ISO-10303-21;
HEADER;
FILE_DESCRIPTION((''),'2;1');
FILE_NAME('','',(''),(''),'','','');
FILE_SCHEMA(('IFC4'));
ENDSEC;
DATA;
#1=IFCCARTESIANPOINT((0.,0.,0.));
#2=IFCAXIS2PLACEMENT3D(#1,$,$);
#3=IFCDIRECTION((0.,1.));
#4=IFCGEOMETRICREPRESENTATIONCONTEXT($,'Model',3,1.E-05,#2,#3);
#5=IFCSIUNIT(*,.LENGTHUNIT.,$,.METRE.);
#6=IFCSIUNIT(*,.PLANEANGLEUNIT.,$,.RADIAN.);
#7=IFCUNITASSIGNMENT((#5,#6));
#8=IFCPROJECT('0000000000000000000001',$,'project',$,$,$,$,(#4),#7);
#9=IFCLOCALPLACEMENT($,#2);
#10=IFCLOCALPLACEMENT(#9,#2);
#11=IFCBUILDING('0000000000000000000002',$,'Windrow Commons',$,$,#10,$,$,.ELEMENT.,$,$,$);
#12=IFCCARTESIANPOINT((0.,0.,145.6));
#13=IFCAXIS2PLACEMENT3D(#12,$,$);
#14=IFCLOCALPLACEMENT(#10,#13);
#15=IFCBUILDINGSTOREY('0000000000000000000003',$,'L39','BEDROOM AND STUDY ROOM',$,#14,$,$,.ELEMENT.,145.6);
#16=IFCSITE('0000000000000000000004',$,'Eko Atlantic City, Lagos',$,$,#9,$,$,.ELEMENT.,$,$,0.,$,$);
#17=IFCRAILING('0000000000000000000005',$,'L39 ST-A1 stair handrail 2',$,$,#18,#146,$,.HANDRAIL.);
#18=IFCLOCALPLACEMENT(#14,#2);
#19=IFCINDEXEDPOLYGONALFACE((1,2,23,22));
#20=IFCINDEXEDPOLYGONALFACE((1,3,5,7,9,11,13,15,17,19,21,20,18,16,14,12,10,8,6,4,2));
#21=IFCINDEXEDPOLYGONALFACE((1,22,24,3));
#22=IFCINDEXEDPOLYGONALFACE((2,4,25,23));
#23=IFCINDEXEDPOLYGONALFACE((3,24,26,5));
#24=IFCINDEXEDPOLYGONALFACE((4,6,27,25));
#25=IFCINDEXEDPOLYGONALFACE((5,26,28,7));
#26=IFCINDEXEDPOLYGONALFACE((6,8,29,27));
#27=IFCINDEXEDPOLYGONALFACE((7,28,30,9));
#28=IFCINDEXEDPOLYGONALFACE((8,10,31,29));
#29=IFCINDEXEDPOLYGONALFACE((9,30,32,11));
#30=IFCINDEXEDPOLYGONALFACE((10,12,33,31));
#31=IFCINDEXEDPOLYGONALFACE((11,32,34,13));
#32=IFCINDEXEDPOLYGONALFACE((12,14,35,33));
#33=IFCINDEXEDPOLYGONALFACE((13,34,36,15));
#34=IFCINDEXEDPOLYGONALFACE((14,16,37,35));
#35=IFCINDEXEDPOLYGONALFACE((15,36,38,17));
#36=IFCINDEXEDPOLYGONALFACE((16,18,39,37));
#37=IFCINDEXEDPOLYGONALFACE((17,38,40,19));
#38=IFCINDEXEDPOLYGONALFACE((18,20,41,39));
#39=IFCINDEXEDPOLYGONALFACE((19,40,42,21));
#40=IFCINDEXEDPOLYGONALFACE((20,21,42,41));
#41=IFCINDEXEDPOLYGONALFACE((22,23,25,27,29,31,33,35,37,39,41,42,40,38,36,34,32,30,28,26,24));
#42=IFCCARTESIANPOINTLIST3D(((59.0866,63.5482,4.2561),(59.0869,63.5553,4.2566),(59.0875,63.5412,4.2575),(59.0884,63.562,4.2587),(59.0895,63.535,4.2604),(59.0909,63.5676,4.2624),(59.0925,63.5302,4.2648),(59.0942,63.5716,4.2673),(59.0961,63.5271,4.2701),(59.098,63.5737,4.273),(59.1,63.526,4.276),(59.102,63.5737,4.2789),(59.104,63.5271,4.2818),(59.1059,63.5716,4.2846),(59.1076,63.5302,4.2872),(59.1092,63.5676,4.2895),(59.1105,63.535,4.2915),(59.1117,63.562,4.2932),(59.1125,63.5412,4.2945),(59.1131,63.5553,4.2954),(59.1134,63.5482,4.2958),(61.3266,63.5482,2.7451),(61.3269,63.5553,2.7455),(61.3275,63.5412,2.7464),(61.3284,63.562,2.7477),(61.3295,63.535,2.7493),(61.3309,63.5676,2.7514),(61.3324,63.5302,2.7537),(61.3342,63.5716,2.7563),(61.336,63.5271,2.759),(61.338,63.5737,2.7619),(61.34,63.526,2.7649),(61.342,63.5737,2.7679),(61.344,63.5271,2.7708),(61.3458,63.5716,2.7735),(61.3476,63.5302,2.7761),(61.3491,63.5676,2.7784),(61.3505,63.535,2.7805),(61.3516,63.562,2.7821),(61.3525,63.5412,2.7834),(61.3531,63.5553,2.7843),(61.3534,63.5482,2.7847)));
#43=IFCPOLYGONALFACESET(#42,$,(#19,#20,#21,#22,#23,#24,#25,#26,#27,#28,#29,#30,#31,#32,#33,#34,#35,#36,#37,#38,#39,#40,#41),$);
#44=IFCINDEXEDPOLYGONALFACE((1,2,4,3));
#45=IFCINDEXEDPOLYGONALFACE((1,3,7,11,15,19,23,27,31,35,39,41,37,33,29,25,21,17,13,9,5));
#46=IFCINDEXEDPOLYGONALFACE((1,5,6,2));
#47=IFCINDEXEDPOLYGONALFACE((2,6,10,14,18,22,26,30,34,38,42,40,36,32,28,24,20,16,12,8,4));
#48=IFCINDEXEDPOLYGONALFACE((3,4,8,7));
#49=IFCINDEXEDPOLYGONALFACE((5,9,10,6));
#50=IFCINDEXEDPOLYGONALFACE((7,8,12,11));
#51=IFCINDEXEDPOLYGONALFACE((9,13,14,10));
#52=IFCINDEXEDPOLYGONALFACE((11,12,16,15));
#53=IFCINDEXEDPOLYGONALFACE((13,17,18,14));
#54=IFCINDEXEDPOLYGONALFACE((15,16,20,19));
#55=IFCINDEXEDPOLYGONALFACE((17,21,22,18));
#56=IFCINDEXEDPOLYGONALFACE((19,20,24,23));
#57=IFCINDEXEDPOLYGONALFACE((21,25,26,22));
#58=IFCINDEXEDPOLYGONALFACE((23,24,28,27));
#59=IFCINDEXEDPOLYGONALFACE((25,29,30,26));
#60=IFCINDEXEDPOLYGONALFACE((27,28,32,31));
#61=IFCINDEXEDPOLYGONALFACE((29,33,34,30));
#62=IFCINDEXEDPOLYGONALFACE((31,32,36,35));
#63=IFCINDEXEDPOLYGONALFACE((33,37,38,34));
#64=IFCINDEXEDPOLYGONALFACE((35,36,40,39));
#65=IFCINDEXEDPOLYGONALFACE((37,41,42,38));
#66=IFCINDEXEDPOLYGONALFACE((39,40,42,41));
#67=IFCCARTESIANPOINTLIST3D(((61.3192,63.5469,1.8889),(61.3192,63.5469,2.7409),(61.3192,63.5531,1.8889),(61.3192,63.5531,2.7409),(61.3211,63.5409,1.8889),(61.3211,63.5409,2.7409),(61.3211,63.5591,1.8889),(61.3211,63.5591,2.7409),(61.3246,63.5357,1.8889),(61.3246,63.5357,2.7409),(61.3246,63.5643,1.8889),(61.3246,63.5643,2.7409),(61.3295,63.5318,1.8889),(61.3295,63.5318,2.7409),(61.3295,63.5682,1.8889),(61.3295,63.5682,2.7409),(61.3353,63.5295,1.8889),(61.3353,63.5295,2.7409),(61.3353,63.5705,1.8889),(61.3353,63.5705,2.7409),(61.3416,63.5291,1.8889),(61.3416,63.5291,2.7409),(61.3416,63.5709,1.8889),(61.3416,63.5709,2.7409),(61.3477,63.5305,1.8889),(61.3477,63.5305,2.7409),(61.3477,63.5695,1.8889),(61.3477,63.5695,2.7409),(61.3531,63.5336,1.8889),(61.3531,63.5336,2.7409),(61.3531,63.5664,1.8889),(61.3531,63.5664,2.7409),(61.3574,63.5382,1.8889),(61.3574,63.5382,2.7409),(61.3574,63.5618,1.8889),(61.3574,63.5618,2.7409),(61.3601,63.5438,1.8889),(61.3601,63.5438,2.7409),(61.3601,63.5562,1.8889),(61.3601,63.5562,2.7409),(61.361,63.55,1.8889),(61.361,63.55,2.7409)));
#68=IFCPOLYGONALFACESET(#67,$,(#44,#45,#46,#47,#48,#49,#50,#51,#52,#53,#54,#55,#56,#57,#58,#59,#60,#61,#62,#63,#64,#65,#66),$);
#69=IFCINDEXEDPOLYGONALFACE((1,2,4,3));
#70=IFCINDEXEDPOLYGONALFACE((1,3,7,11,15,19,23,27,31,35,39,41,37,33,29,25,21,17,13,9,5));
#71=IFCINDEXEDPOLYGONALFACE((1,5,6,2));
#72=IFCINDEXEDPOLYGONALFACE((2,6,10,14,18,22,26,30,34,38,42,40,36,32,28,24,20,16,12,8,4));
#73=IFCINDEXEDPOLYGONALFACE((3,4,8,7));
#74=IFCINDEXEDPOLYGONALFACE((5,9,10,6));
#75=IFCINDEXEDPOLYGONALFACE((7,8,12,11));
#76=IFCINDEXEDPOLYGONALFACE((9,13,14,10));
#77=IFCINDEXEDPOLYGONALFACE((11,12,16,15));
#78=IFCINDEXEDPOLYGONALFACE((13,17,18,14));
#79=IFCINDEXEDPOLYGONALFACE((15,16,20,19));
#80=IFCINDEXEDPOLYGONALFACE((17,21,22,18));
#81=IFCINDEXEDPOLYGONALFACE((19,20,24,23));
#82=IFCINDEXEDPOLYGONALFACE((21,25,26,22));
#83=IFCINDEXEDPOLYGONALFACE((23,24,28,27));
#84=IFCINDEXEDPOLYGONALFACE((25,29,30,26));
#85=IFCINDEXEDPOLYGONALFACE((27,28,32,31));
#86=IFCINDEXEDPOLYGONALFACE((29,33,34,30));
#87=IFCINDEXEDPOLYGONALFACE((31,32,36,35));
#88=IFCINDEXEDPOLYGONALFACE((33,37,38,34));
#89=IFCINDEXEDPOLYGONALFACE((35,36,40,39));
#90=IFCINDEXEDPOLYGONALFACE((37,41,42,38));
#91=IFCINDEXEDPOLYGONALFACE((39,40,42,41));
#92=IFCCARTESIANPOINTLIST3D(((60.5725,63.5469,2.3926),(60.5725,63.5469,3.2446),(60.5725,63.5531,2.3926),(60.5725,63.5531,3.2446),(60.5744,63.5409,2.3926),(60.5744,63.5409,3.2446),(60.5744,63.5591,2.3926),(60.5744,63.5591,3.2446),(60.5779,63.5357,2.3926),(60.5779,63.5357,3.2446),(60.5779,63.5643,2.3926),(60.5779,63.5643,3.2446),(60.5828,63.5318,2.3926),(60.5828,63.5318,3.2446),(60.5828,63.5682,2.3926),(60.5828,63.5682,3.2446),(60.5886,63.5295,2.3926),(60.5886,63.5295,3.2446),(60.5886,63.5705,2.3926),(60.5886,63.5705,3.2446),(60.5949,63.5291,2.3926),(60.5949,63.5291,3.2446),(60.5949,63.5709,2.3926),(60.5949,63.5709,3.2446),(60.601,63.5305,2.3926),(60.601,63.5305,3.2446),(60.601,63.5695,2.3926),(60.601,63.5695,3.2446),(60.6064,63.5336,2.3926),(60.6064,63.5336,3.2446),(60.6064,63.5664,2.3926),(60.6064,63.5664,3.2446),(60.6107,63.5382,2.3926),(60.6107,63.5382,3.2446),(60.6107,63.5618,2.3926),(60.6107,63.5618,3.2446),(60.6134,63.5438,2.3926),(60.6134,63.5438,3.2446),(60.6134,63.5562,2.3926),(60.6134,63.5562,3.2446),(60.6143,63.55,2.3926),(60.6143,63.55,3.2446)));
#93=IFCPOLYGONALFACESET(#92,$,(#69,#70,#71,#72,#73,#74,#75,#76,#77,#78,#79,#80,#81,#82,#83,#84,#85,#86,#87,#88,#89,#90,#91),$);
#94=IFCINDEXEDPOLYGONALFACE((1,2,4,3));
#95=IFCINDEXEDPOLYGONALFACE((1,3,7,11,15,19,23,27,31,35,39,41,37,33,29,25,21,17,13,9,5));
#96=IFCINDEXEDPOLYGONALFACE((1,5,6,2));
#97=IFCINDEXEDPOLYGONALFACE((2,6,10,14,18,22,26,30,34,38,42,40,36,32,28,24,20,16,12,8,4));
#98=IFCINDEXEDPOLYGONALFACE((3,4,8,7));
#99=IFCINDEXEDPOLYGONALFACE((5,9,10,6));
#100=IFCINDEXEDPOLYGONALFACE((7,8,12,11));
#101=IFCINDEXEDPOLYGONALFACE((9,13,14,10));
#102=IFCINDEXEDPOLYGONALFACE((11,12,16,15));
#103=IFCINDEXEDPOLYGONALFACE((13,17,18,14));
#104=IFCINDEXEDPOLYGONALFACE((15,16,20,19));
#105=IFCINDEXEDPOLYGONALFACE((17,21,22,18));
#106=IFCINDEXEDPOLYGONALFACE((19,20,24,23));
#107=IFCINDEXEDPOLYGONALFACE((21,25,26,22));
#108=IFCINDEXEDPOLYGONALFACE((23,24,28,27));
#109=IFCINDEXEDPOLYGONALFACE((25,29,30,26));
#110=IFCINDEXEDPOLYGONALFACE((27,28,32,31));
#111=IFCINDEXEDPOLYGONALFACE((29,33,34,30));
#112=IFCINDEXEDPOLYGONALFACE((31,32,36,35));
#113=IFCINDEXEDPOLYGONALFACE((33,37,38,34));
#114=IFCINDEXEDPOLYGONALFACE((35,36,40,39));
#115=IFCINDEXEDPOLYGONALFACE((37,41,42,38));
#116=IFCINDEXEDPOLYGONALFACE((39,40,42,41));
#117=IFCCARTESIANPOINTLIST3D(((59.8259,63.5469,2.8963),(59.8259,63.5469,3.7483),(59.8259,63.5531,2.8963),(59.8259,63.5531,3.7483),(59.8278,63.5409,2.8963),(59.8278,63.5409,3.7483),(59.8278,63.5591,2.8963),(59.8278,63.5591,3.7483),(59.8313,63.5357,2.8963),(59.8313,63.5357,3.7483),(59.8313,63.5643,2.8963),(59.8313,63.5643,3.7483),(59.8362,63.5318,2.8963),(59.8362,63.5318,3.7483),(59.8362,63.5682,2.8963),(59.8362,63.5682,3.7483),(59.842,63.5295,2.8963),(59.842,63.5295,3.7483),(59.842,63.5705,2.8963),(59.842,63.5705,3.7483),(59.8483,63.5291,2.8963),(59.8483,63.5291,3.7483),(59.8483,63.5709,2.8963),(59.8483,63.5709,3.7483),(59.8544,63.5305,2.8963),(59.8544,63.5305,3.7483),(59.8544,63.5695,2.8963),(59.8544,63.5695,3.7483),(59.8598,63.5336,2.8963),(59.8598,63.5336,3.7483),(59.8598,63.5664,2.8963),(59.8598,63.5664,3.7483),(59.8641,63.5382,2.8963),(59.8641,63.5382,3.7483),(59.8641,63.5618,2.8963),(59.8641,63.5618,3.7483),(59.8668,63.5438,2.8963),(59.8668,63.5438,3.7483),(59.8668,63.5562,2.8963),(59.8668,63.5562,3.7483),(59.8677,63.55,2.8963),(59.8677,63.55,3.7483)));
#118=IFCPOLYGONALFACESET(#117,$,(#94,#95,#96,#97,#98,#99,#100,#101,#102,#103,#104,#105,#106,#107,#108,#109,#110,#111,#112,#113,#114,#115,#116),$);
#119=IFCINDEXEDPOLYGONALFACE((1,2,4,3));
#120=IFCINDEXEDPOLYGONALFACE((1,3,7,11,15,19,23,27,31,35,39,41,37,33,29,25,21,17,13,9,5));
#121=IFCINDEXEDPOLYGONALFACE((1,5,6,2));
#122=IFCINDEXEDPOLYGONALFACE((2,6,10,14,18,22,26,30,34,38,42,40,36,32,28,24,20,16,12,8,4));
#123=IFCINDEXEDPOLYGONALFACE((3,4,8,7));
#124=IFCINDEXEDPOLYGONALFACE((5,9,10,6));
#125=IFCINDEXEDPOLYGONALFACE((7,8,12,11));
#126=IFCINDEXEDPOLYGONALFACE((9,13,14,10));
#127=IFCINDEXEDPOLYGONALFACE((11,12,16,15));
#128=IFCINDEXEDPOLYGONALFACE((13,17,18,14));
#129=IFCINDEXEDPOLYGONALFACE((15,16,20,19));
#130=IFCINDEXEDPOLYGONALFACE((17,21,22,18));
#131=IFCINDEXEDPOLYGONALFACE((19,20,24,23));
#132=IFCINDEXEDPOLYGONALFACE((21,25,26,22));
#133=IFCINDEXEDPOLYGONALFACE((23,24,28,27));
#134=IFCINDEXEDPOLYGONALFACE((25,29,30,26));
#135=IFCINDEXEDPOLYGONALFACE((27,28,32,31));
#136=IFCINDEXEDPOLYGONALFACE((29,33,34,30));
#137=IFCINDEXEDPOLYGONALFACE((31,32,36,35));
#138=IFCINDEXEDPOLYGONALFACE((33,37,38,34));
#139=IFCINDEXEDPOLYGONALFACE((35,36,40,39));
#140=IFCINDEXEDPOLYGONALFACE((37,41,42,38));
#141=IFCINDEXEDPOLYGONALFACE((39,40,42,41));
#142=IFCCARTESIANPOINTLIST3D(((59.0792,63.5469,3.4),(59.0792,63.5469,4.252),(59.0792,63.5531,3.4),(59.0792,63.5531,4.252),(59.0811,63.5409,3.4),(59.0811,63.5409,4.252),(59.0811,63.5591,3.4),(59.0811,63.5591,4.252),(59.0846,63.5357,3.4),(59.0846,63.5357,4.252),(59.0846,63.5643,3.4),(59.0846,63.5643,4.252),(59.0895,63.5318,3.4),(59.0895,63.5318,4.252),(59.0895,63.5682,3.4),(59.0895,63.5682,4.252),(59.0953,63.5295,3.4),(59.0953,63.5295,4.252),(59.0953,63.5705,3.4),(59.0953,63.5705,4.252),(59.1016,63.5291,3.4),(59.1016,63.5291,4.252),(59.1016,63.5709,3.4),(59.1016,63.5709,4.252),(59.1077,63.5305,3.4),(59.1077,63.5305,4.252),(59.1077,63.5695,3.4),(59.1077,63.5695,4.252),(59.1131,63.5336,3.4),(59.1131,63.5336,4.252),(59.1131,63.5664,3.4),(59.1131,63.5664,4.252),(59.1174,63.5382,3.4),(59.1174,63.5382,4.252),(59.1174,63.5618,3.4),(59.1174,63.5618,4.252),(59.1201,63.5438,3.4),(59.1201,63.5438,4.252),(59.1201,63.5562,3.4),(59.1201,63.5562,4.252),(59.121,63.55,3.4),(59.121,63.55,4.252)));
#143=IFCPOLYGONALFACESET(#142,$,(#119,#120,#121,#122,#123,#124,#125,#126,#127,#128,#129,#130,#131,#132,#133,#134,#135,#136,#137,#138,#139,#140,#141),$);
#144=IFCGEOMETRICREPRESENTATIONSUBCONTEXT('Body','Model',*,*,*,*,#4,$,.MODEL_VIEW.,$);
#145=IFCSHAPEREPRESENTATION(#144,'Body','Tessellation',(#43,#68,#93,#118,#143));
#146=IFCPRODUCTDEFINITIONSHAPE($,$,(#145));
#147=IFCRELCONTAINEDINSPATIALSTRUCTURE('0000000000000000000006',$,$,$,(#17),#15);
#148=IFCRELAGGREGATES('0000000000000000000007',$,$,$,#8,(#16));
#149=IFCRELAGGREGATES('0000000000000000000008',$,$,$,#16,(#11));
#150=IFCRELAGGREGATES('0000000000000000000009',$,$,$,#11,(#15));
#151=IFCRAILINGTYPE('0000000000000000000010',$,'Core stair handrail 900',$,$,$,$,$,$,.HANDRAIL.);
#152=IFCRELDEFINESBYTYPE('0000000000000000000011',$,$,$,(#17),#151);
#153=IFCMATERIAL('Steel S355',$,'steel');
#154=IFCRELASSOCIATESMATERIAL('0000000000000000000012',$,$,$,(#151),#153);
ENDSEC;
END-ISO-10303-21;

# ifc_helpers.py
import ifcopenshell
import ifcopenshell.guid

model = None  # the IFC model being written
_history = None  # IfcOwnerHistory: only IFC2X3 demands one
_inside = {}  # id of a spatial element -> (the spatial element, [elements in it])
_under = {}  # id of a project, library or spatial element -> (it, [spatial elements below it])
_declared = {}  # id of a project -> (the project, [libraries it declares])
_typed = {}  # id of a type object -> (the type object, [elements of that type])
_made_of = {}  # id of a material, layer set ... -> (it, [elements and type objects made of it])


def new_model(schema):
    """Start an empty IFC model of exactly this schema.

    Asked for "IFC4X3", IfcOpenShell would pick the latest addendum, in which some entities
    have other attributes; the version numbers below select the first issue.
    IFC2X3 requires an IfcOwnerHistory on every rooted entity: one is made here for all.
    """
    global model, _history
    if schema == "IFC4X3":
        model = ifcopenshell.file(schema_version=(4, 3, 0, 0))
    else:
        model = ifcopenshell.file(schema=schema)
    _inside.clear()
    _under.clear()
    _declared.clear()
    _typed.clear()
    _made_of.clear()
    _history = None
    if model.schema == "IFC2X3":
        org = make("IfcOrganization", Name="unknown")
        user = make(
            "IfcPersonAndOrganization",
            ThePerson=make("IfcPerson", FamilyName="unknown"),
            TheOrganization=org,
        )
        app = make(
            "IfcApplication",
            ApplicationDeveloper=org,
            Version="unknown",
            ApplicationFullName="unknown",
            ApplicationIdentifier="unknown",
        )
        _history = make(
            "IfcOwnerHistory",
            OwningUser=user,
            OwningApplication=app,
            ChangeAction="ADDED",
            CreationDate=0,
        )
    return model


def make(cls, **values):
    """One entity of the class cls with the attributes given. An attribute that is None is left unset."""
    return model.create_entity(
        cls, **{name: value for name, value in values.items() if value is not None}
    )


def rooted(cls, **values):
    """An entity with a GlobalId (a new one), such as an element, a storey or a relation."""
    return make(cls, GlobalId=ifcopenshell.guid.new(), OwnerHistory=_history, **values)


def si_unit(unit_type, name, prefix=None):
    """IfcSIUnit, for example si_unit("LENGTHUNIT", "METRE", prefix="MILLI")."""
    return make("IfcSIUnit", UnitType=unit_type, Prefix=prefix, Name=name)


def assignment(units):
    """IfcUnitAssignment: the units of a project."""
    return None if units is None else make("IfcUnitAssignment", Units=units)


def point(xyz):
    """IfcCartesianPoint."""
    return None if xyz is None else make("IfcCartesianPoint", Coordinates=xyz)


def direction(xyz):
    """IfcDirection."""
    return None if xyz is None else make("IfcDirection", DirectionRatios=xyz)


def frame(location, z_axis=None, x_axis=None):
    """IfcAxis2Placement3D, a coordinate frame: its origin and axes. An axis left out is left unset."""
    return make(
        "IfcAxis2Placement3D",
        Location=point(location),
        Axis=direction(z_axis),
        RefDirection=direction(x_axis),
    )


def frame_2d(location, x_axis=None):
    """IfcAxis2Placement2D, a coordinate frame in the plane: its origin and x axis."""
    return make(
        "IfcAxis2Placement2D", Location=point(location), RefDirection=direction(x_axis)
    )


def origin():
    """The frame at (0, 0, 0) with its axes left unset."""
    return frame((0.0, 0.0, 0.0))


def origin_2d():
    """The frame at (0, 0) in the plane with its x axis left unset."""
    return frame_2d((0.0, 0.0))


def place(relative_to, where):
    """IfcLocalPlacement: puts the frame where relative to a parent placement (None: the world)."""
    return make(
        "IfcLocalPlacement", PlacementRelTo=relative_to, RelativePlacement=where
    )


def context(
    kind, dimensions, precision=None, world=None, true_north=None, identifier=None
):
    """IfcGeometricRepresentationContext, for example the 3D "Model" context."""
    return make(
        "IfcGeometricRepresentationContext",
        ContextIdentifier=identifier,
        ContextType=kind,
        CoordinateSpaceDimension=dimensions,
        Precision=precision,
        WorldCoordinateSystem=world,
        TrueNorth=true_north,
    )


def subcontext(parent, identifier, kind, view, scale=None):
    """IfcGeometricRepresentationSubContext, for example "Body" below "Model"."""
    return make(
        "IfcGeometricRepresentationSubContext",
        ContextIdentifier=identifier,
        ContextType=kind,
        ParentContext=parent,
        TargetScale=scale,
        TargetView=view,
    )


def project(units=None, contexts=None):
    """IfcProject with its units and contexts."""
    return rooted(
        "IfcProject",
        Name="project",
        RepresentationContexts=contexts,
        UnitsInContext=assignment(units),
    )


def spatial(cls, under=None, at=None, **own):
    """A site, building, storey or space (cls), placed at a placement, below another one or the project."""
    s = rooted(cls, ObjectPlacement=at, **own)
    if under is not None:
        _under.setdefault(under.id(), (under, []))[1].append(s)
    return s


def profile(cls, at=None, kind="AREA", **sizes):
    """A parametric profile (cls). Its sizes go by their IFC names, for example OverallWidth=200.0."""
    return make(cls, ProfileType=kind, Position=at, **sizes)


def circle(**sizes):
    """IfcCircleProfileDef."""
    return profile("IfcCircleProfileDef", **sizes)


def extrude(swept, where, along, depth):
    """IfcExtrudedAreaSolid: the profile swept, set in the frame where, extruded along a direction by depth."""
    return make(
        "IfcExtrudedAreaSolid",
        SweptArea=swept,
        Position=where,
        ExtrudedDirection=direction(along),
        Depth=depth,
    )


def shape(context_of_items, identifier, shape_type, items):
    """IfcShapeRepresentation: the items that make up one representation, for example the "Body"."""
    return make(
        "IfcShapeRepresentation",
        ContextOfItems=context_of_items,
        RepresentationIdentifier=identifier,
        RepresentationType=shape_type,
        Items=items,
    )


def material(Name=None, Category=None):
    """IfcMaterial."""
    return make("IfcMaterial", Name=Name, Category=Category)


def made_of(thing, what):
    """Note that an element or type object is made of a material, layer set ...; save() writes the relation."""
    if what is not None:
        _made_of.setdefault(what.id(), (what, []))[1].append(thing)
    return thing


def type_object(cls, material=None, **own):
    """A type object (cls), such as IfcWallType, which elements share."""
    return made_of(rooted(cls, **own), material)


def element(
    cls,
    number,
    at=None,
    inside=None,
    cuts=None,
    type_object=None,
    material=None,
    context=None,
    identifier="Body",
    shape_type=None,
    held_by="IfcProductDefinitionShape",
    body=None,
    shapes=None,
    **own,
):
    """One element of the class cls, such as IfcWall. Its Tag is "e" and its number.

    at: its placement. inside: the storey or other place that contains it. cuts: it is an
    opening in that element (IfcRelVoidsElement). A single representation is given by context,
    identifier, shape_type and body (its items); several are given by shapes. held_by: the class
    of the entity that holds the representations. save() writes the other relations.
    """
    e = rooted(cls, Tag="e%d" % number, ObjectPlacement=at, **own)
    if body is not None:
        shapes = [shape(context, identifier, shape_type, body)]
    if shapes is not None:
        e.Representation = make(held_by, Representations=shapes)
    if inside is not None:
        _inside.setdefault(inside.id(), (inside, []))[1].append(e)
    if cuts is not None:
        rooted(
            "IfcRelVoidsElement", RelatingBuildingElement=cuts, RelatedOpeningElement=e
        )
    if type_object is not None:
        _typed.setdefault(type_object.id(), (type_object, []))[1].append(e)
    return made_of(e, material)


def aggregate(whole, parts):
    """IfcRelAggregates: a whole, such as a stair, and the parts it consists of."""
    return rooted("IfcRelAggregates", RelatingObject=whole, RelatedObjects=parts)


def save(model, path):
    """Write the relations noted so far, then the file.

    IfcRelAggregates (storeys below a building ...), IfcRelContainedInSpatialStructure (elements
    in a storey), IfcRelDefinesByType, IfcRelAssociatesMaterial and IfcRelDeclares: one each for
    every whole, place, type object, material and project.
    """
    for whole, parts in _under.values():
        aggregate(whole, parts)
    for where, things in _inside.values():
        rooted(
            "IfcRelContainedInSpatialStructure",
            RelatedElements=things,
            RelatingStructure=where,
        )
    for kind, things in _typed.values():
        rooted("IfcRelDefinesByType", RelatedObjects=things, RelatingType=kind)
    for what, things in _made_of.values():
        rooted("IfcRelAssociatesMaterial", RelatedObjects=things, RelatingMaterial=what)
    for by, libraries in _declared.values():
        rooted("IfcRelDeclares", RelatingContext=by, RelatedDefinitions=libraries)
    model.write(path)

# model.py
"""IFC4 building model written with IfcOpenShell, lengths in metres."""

from ifc_helpers import new_model, si_unit, direction, frame, origin, origin_2d, place, context, subcontext, project, spatial, circle, extrude, material, type_object, element, save


model = new_model("IFC4")

# Units and contexts
model_context = context("Model", 3, precision=1e-05, world=origin(), true_north=direction((0.0, 1.0)))
body_context = subcontext(model_context, "Body", "Model", "MODEL_VIEW")
ifc_project = project(units=[si_unit("LENGTHUNIT", "METRE"), si_unit("PLANEANGLEUNIT", "RADIAN")], contexts=[model_context])

# Site, building, storey
site_placement = place(None, origin())
site = spatial("IfcSite", under=ifc_project, at=site_placement, Name="Eko Atlantic City, Lagos", CompositionType="ELEMENT", RefElevation=0.0)
building_placement = place(site_placement, origin())
building = spatial("IfcBuilding", under=site, at=building_placement, Name="Windrow Commons", CompositionType="ELEMENT")
storey_placement = place(building_placement, frame((0.0, 0.0, 145.6)))
storey = spatial("IfcBuildingStorey", under=building, at=storey_placement, Name="L39", Description="BEDROOM AND STUDY ROOM", CompositionType="ELEMENT", Elevation=145.6)

# Railing
ifc_material_1 = material(Name="Steel S355", Category="steel")
railing_type_1 = type_object("IfcRailingType", Name="Core stair handrail 900", PredefinedType="HANDRAIL", material=ifc_material_1)
railing_1_placement = place(storey_placement, frame((61.34, 63.55, 1.8889)))
element("IfcRailing", 1, at=railing_1_placement, inside=storey, type_object=railing_type_1, Name="L39 ST-A1 stair handrail 2", PredefinedType="HANDRAIL", context=body_context, shape_type="SweptSolid", body=[
    extrude(circle(Radius=0.024, at=origin_2d()), frame((0.0, 0.0, 0.876), z_axis=(-0.829003, 0.0, 0.559244), x_axis=(0.0, -1.0, 0.0)), (0.0, 0.0, 1.0), 2.702),
    extrude(circle(Radius=0.021, at=origin_2d()), origin(), (0.0, 0.0, 1.0), 0.852),
    extrude(circle(Radius=0.021, at=origin_2d()), frame((-0.7467, 0.0, 0.5037)), (0.0, 0.0, 1.0), 0.852),
    extrude(circle(Radius=0.021, at=origin_2d()), frame((-1.4933, 0.0, 1.0074)), (0.0, 0.0, 1.0), 0.852),
    extrude(circle(Radius=0.021, at=origin_2d()), frame((-2.24, 0.0, 1.5111)), (0.0, 0.0, 1.0), 0.852),
])

save(model, "model.ifc")
